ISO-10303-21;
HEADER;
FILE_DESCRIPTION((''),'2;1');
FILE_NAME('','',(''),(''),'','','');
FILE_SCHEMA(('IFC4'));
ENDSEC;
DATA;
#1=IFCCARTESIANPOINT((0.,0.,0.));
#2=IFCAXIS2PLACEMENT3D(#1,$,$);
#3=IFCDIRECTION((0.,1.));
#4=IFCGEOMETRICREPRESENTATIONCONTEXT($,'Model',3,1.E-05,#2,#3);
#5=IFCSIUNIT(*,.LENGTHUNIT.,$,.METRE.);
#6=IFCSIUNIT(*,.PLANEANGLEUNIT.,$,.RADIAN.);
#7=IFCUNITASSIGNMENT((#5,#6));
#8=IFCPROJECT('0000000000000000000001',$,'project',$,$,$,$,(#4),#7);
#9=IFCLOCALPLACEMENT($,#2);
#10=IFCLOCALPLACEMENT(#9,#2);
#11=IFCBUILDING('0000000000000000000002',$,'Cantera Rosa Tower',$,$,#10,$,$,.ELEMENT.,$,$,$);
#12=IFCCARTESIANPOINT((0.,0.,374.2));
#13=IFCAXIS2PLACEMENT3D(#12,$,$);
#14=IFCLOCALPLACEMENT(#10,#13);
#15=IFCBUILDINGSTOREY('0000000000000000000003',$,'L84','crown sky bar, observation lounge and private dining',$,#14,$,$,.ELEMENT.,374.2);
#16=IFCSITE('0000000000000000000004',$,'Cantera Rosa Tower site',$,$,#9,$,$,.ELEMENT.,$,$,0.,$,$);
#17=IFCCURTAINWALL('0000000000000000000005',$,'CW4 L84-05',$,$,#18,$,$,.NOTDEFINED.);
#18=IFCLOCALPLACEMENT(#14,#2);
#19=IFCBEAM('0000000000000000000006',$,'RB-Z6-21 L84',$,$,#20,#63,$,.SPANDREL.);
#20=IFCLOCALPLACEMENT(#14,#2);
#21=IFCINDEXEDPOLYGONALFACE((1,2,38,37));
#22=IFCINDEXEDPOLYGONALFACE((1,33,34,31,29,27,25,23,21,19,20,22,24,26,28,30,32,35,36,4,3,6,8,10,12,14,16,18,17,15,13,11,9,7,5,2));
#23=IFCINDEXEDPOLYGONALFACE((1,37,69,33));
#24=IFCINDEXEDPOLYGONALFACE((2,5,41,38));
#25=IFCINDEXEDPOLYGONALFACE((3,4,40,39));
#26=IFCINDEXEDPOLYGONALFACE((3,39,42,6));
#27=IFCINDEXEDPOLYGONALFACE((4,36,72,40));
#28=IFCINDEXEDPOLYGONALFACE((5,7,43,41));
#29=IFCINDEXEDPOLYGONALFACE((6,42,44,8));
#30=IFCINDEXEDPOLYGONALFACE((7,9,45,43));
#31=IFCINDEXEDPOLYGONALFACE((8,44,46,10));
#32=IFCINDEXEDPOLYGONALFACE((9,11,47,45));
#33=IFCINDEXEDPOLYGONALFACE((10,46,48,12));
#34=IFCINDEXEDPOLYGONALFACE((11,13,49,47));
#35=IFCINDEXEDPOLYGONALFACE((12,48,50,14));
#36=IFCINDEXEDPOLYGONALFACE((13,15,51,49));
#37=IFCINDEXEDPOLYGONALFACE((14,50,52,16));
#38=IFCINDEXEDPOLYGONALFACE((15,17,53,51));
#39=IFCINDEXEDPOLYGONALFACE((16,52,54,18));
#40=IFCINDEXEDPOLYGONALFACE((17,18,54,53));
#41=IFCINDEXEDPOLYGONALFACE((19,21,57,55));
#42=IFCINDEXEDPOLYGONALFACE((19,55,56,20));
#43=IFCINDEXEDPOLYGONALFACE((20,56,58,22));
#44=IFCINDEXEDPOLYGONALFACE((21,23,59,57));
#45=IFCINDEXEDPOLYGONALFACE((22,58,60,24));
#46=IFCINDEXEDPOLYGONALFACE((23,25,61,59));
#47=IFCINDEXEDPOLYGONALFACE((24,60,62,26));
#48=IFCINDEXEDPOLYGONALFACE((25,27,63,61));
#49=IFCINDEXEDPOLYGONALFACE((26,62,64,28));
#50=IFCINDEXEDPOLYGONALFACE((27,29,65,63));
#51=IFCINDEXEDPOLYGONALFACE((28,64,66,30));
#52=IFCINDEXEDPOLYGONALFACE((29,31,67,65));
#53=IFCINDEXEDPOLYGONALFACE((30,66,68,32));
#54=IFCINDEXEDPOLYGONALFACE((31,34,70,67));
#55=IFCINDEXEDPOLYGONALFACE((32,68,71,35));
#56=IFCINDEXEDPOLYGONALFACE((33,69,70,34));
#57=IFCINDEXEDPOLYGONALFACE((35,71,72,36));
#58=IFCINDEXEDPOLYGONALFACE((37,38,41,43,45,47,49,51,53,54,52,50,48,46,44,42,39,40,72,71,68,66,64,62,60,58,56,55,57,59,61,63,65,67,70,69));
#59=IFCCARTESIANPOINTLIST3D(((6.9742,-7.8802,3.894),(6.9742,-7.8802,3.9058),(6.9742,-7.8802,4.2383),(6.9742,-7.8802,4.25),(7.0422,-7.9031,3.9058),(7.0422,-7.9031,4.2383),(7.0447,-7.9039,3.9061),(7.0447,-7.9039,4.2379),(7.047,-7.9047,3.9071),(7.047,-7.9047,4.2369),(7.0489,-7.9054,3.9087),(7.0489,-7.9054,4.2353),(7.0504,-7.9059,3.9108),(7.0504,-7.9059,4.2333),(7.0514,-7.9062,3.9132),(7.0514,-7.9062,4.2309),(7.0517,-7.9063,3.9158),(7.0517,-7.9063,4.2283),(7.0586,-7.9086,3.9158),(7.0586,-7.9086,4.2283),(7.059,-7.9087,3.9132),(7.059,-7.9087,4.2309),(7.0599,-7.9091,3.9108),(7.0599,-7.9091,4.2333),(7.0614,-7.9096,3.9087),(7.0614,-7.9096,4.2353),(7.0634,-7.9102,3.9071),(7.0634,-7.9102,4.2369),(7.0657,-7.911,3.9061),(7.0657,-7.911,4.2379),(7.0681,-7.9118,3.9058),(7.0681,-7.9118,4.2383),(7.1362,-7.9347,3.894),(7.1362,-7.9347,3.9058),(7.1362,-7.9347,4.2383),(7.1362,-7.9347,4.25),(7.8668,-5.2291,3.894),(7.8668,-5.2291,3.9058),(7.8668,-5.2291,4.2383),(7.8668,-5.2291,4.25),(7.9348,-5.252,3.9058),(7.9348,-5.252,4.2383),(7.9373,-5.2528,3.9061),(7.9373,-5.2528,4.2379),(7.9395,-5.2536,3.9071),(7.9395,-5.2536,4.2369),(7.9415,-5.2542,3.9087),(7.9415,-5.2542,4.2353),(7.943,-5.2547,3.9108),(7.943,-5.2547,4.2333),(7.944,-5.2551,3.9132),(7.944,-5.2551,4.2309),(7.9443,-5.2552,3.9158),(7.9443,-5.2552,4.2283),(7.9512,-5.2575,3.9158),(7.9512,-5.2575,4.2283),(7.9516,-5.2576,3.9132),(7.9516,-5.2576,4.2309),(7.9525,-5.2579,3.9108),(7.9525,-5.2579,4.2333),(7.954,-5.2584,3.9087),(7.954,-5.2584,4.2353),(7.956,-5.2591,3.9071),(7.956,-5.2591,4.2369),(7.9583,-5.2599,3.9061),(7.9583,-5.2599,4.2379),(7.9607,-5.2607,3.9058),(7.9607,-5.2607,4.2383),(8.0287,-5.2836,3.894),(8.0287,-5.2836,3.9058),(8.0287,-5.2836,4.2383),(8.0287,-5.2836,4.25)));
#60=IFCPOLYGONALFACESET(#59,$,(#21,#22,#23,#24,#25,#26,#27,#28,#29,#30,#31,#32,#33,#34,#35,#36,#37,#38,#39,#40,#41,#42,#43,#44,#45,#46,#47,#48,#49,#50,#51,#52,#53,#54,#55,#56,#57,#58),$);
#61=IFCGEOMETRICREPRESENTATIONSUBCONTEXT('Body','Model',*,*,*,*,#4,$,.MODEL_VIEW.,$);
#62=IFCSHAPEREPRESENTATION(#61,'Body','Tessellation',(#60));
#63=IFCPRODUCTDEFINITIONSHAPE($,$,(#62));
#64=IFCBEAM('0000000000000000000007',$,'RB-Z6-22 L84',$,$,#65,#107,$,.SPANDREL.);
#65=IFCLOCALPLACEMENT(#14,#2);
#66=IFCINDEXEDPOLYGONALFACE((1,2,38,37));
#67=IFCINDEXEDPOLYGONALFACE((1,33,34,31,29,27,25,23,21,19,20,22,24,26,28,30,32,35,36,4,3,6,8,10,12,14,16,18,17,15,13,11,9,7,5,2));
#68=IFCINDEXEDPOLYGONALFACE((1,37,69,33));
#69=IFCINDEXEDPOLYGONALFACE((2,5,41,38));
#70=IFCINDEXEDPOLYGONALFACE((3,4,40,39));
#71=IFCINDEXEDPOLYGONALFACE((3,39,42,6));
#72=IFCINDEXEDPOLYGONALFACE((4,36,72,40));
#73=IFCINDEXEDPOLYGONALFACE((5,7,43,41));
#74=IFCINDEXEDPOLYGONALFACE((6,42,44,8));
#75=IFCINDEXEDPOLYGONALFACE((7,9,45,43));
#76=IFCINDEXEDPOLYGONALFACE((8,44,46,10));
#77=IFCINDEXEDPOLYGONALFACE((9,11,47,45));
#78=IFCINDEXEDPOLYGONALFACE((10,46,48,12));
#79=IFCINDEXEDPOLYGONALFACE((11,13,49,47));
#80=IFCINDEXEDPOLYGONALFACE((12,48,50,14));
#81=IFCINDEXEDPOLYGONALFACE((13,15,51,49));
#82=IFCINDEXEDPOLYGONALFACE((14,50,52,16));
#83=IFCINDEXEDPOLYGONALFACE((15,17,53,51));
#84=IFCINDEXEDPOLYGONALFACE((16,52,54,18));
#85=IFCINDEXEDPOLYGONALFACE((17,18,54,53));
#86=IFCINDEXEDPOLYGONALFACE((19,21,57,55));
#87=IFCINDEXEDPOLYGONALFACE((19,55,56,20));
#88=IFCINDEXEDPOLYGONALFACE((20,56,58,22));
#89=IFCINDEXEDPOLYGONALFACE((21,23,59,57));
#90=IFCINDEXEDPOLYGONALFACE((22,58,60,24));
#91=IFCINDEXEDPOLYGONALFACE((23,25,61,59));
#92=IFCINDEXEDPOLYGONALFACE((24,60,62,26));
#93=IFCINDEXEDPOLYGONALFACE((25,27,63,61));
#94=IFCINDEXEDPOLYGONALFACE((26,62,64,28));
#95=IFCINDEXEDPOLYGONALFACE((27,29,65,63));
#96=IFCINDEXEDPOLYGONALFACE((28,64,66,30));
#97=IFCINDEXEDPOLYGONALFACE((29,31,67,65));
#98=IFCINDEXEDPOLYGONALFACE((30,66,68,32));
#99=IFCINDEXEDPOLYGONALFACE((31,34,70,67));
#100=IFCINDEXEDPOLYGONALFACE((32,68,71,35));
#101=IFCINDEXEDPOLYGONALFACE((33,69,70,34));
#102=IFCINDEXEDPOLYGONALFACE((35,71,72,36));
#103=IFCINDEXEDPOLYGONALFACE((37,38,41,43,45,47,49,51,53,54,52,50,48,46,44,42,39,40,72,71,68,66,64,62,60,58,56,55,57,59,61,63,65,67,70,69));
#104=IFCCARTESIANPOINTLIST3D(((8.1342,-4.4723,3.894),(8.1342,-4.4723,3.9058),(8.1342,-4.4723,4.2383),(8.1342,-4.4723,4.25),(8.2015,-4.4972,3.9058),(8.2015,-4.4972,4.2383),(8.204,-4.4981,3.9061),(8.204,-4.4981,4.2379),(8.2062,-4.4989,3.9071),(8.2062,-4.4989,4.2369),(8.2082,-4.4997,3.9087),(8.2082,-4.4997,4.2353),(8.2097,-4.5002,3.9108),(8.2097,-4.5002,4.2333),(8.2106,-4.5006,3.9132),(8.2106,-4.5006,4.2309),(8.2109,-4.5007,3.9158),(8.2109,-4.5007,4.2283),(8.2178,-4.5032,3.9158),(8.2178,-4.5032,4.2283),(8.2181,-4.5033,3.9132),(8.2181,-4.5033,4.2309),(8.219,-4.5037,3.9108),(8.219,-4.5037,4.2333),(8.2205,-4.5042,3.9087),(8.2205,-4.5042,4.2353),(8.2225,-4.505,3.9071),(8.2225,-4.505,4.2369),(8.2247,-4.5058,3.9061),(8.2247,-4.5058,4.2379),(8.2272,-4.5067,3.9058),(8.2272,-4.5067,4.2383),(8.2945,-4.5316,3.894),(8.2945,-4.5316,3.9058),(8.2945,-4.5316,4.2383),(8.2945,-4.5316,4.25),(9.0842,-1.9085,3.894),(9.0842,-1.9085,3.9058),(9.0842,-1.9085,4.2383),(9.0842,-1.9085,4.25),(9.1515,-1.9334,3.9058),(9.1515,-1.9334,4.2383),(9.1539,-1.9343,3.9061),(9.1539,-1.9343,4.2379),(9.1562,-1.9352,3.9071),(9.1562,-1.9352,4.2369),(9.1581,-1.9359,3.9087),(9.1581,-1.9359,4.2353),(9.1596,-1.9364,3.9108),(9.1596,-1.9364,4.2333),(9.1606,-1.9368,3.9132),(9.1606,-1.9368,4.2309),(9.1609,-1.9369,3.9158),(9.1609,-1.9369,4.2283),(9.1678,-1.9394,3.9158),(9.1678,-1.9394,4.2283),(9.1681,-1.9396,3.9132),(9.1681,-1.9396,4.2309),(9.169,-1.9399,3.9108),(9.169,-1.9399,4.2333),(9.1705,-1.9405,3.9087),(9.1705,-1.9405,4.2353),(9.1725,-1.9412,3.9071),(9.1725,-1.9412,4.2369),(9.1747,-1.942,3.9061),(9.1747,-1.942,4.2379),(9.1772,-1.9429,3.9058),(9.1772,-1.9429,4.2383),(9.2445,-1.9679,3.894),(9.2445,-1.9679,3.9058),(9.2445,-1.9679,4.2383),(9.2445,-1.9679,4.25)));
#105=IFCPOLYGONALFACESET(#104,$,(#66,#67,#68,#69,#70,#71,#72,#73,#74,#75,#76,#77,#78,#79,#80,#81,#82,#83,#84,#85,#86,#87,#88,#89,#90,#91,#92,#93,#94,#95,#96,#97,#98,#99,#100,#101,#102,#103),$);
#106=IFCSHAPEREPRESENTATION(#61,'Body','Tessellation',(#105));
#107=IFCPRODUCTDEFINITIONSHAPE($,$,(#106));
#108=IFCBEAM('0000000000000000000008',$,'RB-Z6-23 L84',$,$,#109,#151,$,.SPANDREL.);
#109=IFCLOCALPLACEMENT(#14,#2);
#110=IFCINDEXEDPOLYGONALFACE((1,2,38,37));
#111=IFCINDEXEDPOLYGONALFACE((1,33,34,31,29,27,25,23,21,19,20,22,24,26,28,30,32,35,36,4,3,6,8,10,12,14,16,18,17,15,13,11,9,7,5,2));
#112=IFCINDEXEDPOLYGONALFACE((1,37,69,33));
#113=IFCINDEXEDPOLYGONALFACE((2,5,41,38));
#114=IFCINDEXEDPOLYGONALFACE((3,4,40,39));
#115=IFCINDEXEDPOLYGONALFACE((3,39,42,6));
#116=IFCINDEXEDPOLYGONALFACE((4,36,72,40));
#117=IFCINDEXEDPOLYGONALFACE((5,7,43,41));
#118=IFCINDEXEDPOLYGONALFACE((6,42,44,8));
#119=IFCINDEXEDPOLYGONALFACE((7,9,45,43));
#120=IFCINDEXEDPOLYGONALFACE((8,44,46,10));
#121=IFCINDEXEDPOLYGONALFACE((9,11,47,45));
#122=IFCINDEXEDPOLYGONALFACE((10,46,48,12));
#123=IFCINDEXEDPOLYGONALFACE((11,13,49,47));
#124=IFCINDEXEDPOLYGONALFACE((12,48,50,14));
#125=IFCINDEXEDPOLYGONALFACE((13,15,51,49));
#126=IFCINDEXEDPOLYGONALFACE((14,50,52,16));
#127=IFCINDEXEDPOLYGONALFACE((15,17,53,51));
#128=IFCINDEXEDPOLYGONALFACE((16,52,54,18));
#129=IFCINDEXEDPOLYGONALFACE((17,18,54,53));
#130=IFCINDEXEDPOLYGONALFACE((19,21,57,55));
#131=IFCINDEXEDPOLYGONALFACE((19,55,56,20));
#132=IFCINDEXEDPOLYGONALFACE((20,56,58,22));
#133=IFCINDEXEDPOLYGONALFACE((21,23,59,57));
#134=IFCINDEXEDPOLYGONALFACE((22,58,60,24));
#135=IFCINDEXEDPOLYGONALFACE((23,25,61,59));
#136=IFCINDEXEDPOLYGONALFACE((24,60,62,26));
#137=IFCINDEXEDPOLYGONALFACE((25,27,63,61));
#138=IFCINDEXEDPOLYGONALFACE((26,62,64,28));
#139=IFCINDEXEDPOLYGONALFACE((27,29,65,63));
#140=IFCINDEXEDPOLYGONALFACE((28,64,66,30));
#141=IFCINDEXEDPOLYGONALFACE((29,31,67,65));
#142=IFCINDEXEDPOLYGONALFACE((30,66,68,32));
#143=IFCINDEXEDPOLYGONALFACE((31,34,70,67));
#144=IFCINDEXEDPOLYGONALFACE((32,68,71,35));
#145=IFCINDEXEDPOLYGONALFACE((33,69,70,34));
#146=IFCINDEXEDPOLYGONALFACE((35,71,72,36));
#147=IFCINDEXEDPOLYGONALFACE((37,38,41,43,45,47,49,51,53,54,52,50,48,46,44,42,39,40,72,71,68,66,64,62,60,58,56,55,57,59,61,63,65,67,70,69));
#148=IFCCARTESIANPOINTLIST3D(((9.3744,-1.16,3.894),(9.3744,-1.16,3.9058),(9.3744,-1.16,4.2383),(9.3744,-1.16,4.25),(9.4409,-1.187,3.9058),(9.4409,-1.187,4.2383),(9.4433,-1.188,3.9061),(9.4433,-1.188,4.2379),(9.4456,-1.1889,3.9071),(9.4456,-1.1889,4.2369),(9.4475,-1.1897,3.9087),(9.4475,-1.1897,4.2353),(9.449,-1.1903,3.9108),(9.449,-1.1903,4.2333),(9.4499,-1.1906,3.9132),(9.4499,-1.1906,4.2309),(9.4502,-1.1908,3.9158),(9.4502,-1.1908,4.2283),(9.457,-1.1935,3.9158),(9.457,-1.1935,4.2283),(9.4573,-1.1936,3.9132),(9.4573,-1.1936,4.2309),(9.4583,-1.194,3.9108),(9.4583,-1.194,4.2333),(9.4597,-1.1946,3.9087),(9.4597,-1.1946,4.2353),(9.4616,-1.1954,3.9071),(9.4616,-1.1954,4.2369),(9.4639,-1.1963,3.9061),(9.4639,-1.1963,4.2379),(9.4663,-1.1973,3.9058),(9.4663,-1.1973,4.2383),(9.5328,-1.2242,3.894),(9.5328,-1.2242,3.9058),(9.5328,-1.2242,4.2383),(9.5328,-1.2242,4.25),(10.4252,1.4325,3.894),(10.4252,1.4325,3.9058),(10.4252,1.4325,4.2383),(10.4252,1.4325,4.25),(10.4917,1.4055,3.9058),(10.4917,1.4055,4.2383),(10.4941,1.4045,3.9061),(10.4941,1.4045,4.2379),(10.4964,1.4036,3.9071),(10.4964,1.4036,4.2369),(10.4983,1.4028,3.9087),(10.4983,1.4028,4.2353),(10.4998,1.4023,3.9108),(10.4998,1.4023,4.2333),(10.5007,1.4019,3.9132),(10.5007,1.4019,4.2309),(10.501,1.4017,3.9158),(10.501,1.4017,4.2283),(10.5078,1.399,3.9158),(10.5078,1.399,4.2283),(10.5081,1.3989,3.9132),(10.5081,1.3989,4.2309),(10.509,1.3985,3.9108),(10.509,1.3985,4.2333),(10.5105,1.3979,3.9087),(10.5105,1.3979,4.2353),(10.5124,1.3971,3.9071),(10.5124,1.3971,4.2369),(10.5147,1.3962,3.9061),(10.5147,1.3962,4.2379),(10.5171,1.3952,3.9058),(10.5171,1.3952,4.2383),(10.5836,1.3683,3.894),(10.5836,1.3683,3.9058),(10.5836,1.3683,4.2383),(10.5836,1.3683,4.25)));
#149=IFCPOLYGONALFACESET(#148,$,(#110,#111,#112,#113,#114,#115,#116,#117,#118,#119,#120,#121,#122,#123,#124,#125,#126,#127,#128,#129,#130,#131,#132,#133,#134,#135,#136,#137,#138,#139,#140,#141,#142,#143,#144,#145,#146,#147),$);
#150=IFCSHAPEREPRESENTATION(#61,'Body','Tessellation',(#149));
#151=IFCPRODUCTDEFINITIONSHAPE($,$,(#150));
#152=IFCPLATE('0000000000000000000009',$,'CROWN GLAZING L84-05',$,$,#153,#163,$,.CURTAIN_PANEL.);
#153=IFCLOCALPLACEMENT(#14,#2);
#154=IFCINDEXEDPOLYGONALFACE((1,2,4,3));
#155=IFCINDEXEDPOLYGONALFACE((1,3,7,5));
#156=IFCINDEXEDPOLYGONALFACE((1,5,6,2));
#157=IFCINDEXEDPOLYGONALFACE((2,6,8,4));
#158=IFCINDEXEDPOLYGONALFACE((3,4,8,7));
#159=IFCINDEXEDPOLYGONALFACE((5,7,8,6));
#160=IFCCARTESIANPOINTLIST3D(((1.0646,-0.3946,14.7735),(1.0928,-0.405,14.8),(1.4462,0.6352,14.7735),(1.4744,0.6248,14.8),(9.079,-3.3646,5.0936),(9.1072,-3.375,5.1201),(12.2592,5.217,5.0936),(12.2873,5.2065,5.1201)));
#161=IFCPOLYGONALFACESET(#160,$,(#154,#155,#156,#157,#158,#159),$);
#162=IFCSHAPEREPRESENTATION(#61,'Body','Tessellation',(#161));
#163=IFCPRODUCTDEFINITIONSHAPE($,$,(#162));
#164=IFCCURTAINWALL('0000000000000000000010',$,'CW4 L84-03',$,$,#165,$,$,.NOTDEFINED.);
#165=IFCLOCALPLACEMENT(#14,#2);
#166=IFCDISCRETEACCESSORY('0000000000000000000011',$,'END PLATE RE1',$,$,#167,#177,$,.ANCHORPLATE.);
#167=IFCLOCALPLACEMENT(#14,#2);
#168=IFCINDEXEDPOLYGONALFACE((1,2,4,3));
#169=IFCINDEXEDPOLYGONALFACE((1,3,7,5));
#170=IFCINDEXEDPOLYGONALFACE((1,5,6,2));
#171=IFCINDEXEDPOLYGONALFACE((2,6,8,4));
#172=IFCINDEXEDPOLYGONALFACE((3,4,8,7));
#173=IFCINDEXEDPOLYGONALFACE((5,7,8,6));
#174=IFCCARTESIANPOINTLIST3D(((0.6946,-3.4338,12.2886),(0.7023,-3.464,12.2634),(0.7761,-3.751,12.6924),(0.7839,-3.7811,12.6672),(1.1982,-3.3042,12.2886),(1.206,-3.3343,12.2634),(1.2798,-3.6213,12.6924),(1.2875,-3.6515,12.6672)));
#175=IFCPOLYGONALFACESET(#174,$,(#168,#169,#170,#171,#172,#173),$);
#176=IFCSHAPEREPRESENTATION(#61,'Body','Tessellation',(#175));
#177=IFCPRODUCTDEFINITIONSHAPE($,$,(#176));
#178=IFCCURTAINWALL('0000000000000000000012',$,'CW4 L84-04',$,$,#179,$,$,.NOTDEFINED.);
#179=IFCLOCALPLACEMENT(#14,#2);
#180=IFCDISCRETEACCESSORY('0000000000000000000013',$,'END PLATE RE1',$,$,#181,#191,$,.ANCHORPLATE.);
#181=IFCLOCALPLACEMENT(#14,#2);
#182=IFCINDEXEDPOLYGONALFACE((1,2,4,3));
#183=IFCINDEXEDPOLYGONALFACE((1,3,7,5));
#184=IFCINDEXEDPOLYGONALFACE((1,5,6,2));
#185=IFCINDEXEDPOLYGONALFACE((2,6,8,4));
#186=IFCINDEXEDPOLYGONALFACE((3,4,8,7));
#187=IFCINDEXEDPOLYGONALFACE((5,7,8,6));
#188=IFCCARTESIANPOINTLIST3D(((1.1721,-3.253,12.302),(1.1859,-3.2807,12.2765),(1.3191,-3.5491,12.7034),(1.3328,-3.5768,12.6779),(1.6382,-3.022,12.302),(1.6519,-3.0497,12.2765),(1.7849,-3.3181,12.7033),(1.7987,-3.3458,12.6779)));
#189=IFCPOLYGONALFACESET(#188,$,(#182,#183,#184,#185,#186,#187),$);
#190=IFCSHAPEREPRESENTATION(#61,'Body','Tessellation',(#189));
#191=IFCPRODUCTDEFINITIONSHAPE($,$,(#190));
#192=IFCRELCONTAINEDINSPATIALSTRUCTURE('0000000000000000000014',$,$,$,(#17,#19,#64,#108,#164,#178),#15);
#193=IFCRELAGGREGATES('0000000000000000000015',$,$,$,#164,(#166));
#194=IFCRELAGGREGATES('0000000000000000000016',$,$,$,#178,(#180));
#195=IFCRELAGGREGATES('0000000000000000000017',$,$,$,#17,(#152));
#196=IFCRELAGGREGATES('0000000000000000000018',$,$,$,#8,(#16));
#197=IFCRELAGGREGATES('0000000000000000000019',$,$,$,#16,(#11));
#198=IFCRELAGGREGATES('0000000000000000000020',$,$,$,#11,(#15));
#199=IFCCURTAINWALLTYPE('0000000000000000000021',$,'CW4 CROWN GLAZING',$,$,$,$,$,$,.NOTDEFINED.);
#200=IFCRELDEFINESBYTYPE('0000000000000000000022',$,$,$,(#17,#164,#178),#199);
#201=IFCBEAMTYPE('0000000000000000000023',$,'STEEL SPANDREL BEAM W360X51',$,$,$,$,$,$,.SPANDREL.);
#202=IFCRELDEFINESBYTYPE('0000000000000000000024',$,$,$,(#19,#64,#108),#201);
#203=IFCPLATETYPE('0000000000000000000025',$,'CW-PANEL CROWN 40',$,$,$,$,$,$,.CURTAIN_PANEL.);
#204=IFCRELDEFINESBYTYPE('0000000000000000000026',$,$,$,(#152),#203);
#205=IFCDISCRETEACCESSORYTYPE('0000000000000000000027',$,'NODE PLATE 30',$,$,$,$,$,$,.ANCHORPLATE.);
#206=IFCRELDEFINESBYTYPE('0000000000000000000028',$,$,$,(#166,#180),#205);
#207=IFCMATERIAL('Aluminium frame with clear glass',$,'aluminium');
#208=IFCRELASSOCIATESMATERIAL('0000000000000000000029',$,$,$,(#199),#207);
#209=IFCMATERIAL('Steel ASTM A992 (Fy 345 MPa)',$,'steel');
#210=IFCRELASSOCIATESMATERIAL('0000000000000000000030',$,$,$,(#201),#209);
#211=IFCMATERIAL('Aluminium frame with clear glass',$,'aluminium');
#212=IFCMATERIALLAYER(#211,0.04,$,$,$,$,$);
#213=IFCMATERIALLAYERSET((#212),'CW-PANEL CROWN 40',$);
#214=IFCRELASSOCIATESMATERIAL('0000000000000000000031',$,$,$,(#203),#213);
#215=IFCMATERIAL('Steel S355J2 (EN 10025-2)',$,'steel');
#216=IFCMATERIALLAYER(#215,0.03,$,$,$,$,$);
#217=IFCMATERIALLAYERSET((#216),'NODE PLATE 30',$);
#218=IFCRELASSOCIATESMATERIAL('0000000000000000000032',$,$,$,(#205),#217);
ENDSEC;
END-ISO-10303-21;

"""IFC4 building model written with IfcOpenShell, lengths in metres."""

from ifc_helpers import new_model, si_unit, direction, frame, origin, origin_2d, place, context, subcontext, project, spatial, polyline, i_section, outline, extrude, material, layer, layer_set, material_profile, profile_set, type_object, element, aggregate, save


model = new_model("IFC4")

# Units and contexts
model_context = context("Model", 3, precision=1e-05, world=origin(), true_north=direction((0.0, 1.0)))
body_context = subcontext(model_context, "Body", "Model", "MODEL_VIEW")
ifc_project = project(units=[si_unit("LENGTHUNIT", "METRE"), si_unit("PLANEANGLEUNIT", "RADIAN")], contexts=[model_context])

# Site, building, storey
site_placement = place(None, origin())
site = spatial("IfcSite", under=ifc_project, at=site_placement, Name="Cantera Rosa Tower site", CompositionType="ELEMENT", RefElevation=0.0)
building_placement = place(site_placement, origin())
building = spatial("IfcBuilding", under=site, at=building_placement, Name="Cantera Rosa Tower", CompositionType="ELEMENT")
storey_placement = place(building_placement, frame((0.0, 0.0, 374.2)))
storey = spatial("IfcBuildingStorey", under=building, at=storey_placement, Name="L84", Description="crown sky bar, observation lounge and private dining", CompositionType="ELEMENT", Elevation=374.2)

# Curtain wall
ifc_material_1 = material(Name="Aluminium frame with clear glass", Category="aluminium")
curtain_wall_type = type_object("IfcCurtainWallType", Name="CW4 CROWN GLAZING", PredefinedType="NOTDEFINED", material=ifc_material_1)
curtain_wall_1_placement = place(storey_placement, origin())
curtain_wall_1 = element("IfcCurtainWall", 1, at=curtain_wall_1_placement, inside=storey, type_object=curtain_wall_type, Name="CW4 L84-05", PredefinedType="NOTDEFINED")

# Beams
ifc_material_2 = material(Name="Steel ASTM A992 (Fy 345 MPa)", Category="steel")
ifc_material_profile_1 = material_profile(ifc_material_2, i_section(OverallWidth=0.1709, OverallDepth=0.356, WebThickness=0.0073, FlangeThickness=0.0117, FilletRadius=0.01, at=origin_2d()), Name="W360X51")
ifc_profile_set_1 = profile_set([ifc_material_profile_1], Name="Steel ASTM A992 (Fy 345 MPa)")
beam_type_1 = type_object("IfcBeamType", Name="STEEL SPANDREL BEAM W360X51", PredefinedType="SPANDREL", material=ifc_profile_set_1)
beam_1_placement = place(storey_placement, frame((7.0552, -7.9075, 4.072), z_axis=(0.31908, 0.947728, 0.0), x_axis=(-0.947728, 0.31908, 0.0)))
element("IfcBeam", 2, at=beam_1_placement, inside=storey, type_object=beam_type_1, Name="RB-Z6-21 L84", PredefinedType="SPANDREL", context=body_context, shape_type="SweptSolid", body=[
    extrude(i_section(OverallWidth=0.1709, OverallDepth=0.356, WebThickness=0.0073, FlangeThickness=0.0117, FilletRadius=0.01, at=origin_2d()), origin(), (0.0, 0.0, 1.0), 2.7974),
])
beam_2_placement = place(storey_placement, frame((8.2144, -4.502, 4.072), z_axis=(0.347451, 0.937698, 0.0), x_axis=(-0.937698, 0.347451, 0.0)))
element("IfcBeam", 3, at=beam_2_placement, inside=storey, type_object=beam_type_1, Name="RB-Z6-22 L84", PredefinedType="SPANDREL", context=body_context, shape_type="SweptSolid", body=[
    extrude(i_section(OverallWidth=0.1709, OverallDepth=0.356, WebThickness=0.0073, FlangeThickness=0.0117, FilletRadius=0.01, at=origin_2d()), origin(), (0.0, 0.0, 1.0), 2.7341),
])
beam_3_placement = place(storey_placement, frame((9.4536, -1.1921, 4.072), z_axis=(0.37563, 0.92677, 0.0), x_axis=(-0.92677, 0.37563, 0.0)))
element("IfcBeam", 4, at=beam_3_placement, inside=storey, type_object=beam_type_1, Name="RB-Z6-23 L84", PredefinedType="SPANDREL", context=body_context, shape_type="SweptSolid", body=[
    extrude(i_section(OverallWidth=0.1709, OverallDepth=0.356, WebThickness=0.0073, FlangeThickness=0.0117, FilletRadius=0.01, at=origin_2d()), origin(), (0.0, 0.0, 1.0), 2.7974),
])

# Plate
ifc_material_3 = material(Name="Aluminium frame with clear glass", Category="aluminium")
ifc_layer_1 = layer(ifc_material_3, 0.04)
ifc_layer_set_1 = layer_set([ifc_layer_1], Name="CW-PANEL CROWN 40")
plate_type = type_object("IfcPlateType", Name="CW-PANEL CROWN 40", PredefinedType="CURTAIN_PANEL", material=ifc_layer_set_1)
plate_placement = place(storey_placement, frame((9.1072, -3.375, 5.1201), z_axis=(0.702898, -0.26048, 0.661879), x_axis=(0.347488, 0.937684, -0.000001)))
plate = element("IfcPlate", 5, at=plate_placement, type_object=plate_type, Name="CROWN GLAZING L84-05", PredefinedType="CURTAIN_PANEL", context=body_context, shape_type="SweptSolid", body=[
    extrude(outline(polyline([(0.0, 0.0), (9.1519, 0.0), (1.0982, 12.9133), (0.0, 12.9133), (0.0, 0.0)])), origin(), (0.0, 0.0, -1.0), 0.04),
])

# Curtain walls, discrete accessories
curtain_wall_2_placement = place(storey_placement, origin())
curtain_wall_2 = element("IfcCurtainWall", 6, at=curtain_wall_2_placement, inside=storey, type_object=curtain_wall_type, Name="CW4 L84-03", PredefinedType="NOTDEFINED")
ifc_material_4 = material(Name="Steel S355J2 (EN 10025-2)", Category="steel")
ifc_layer_2 = layer(ifc_material_4, 0.03)
ifc_layer_set_2 = layer_set([ifc_layer_2], Name="NODE PLATE 30")
discrete_accessory_type = type_object("IfcDiscreteAccessoryType", Name="NODE PLATE 30", PredefinedType="ANCHORPLATE", material=ifc_layer_set_2)
discrete_accessory_1_placement = place(storey_placement, frame((0.7761, -3.751, 12.6924), z_axis=(-0.19361, 0.752199, 0.62985), x_axis=(0.968435, 0.249267, 0.0)))
discrete_accessory_1 = element("IfcDiscreteAccessory", 7, at=discrete_accessory_1_placement, type_object=discrete_accessory_type, Name="END PLATE RE1", PredefinedType="ANCHORPLATE", context=body_context, shape_type="SweptSolid", body=[
    extrude(outline(polyline([(0.0, 0.0), (0.5201, 0.0), (0.5202, 0.5199), (0.0001, 0.5199), (0.0, 0.0)])), origin(), (0.0, 0.0, -1.0), 0.04),
])
aggregate(curtain_wall_2, [discrete_accessory_1])
curtain_wall_3_placement = place(storey_placement, origin())
curtain_wall_3 = element("IfcCurtainWall", 8, at=curtain_wall_3_placement, inside=storey, type_object=curtain_wall_type, Name="CW4 L84-04", PredefinedType="NOTDEFINED")
discrete_accessory_2_placement = place(storey_placement, frame((1.3191, -3.5491, 12.7034), z_axis=(-0.342817, 0.691614, 0.635725), x_axis=(0.895952, 0.44415, -0.000051)))
discrete_accessory_2 = element("IfcDiscreteAccessory", 9, at=discrete_accessory_2_placement, type_object=discrete_accessory_type, Name="END PLATE RE1", PredefinedType="ANCHORPLATE", context=body_context, shape_type="SweptSolid", body=[
    extrude(outline(polyline([(0.0, 0.0), (0.5199, 0.0), (0.52, 0.5199), (-0.0001, 0.52), (0.0, 0.0)])), origin(), (0.0, 0.0, -1.0), 0.04),
])
aggregate(curtain_wall_3, [discrete_accessory_2])

aggregate(curtain_wall_1, [plate])

save(model, "model.ifc")
